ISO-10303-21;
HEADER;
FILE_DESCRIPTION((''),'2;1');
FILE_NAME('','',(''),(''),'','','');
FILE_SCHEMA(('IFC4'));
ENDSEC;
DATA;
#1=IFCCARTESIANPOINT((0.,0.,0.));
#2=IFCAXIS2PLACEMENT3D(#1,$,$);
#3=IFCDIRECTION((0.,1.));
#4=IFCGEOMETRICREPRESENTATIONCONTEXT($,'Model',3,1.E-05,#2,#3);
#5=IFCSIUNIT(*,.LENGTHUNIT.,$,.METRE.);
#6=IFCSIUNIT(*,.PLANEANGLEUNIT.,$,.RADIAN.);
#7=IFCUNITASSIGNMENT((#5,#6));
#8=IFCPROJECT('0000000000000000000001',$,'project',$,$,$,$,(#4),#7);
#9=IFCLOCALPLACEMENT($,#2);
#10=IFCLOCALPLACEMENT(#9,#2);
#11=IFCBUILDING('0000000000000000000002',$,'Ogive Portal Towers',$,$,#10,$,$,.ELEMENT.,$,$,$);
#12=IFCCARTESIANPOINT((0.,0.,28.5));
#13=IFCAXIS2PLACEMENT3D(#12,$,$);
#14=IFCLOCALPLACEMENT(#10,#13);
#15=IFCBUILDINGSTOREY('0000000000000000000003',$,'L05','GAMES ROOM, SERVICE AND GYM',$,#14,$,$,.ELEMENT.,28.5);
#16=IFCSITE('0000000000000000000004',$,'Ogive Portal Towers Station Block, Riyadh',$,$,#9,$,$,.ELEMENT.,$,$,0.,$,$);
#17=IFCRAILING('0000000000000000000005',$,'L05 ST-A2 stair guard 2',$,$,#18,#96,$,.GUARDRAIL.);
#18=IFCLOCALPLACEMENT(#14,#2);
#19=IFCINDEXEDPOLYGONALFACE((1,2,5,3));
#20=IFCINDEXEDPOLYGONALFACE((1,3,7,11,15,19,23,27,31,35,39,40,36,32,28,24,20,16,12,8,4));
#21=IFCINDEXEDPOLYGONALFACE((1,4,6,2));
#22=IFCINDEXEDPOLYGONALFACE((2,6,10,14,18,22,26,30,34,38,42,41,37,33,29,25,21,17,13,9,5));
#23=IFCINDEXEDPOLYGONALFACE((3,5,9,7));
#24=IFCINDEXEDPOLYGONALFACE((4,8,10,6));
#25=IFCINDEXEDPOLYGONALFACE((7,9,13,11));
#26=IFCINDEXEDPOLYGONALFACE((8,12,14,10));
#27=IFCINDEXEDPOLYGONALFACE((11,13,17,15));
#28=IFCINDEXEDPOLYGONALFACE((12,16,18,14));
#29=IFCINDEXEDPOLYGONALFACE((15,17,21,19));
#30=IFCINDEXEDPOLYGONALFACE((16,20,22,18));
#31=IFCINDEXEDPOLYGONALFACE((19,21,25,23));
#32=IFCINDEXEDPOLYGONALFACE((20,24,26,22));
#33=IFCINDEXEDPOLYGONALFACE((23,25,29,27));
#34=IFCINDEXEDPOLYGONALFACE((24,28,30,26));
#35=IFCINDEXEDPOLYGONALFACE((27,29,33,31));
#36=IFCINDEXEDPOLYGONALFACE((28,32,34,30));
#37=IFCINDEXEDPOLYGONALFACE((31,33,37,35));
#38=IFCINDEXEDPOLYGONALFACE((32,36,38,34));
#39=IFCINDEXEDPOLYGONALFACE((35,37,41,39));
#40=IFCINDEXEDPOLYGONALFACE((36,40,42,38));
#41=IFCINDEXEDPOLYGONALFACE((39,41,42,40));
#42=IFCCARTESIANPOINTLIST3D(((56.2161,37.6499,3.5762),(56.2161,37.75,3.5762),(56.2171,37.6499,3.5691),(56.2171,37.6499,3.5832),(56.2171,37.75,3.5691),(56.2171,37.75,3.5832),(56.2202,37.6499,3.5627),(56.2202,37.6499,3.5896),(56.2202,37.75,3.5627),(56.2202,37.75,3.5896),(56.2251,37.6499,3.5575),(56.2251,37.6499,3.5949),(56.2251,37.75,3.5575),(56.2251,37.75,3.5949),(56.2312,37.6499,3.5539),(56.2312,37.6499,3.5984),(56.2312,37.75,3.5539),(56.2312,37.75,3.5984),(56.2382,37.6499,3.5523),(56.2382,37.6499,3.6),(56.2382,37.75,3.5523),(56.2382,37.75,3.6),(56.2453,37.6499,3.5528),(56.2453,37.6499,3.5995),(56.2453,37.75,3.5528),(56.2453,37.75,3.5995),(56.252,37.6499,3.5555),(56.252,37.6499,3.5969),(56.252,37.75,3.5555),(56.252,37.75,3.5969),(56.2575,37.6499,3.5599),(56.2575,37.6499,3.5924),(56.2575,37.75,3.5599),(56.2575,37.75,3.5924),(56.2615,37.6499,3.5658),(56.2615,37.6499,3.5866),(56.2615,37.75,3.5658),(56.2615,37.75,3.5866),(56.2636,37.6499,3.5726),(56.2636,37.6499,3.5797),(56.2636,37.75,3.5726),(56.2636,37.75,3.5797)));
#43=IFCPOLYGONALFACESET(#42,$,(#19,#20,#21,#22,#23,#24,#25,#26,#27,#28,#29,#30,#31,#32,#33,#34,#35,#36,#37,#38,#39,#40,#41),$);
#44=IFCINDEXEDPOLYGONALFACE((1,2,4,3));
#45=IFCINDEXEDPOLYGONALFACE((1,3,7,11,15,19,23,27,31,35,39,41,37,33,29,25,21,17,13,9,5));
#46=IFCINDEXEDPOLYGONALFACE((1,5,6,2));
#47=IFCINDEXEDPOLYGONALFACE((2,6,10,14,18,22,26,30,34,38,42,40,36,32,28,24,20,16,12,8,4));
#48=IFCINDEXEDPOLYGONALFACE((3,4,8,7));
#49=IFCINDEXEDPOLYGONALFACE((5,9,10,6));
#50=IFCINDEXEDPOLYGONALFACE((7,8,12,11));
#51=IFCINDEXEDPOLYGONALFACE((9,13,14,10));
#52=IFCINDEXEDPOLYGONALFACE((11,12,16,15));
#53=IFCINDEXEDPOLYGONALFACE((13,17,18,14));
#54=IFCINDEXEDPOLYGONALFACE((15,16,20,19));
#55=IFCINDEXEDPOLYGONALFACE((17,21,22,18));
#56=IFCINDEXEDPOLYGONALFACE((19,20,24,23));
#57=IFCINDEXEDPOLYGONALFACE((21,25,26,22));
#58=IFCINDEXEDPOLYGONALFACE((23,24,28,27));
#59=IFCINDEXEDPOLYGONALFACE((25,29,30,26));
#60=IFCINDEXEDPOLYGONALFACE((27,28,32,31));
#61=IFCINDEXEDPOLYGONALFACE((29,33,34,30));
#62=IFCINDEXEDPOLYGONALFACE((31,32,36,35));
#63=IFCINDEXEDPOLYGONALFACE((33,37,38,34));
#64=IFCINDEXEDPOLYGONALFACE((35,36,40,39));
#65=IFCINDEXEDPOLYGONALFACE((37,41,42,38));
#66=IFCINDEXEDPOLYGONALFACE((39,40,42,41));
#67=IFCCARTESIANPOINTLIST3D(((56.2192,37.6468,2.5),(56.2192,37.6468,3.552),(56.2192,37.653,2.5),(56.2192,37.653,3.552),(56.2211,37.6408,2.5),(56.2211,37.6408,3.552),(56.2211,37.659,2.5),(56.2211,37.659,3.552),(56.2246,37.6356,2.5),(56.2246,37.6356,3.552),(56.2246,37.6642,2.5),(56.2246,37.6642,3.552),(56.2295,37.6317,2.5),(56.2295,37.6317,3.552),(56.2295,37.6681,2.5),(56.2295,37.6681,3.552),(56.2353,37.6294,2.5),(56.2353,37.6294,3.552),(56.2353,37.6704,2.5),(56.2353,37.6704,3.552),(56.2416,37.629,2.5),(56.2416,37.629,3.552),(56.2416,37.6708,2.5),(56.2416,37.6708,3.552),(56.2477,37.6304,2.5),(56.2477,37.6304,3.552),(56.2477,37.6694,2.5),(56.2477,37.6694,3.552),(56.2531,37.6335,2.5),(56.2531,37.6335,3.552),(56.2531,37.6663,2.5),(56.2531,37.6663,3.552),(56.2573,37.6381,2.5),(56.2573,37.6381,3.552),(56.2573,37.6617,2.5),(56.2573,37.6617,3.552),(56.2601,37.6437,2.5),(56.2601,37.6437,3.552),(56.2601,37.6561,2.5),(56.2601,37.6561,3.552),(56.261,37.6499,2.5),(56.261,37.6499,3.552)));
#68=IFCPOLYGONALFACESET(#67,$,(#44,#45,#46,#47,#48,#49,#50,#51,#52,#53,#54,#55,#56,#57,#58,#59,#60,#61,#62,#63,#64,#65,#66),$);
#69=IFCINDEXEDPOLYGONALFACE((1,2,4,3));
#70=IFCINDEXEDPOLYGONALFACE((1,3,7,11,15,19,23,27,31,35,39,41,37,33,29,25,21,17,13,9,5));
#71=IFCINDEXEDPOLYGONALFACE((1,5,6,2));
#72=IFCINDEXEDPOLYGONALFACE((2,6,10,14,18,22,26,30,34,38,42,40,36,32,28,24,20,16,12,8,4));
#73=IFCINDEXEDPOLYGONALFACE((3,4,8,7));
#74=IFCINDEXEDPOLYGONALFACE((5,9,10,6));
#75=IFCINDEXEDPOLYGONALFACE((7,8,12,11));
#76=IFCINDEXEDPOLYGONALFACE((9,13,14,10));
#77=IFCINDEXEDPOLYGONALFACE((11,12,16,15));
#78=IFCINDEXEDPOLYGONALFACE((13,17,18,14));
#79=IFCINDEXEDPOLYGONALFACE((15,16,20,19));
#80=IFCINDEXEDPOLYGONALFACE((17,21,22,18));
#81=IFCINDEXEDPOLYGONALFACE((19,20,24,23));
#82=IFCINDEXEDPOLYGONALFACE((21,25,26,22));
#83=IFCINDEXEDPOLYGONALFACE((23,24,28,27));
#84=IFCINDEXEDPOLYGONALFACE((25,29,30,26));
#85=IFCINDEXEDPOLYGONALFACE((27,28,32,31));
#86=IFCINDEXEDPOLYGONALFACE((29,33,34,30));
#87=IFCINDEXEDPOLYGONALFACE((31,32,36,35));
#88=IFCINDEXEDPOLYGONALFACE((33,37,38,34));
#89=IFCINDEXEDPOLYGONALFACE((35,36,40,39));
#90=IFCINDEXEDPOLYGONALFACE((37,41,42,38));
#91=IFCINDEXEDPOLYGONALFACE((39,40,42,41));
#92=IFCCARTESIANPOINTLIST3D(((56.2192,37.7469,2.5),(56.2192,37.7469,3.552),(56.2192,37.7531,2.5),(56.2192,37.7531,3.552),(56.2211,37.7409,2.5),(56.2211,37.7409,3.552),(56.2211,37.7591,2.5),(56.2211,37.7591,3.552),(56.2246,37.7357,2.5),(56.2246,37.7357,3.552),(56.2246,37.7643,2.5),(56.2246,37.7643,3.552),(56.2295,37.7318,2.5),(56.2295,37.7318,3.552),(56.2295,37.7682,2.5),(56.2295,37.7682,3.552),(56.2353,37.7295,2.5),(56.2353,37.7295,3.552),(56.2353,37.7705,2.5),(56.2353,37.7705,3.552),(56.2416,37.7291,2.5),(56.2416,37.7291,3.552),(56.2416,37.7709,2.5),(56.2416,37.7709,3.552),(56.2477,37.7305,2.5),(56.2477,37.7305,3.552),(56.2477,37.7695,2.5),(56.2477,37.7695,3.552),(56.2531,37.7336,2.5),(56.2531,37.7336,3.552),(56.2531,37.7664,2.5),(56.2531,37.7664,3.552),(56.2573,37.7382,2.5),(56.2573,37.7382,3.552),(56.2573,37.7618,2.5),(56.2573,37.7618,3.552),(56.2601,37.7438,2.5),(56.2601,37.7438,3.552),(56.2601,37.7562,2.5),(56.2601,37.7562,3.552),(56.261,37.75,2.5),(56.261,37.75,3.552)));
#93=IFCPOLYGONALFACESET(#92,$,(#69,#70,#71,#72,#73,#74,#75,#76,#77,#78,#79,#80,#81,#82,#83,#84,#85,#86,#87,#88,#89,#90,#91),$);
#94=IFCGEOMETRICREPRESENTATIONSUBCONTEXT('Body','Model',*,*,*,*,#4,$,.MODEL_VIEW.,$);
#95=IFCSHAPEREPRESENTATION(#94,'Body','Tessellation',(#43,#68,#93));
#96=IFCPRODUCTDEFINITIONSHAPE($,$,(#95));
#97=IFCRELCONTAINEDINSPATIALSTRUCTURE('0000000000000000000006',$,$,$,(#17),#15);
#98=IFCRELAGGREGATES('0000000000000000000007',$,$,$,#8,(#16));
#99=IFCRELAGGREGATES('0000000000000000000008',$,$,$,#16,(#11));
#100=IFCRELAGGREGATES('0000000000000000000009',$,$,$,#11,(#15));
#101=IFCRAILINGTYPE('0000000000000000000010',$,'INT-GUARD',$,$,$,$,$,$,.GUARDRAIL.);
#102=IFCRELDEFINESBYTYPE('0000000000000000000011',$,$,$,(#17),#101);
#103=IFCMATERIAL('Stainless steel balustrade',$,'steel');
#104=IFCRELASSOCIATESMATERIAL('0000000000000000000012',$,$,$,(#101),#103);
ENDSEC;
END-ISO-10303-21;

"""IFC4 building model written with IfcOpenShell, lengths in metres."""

from ifc_helpers import new_model, si_unit, direction, frame, origin, origin_2d, place, context, subcontext, project, spatial, circle, extrude, material, type_object, element, save


model = new_model("IFC4")

# Units and contexts
model_context = context("Model", 3, precision=1e-05, world=origin(), true_north=direction((0.0, 1.0)))
body_context = subcontext(model_context, "Body", "Model", "MODEL_VIEW")
ifc_project = project(units=[si_unit("LENGTHUNIT", "METRE"), si_unit("PLANEANGLEUNIT", "RADIAN")], contexts=[model_context])

# Site, building, storey
site_placement = place(None, origin())
site = spatial("IfcSite", under=ifc_project, at=site_placement, Name="Ogive Portal Towers Station Block, Riyadh", CompositionType="ELEMENT", RefElevation=0.0)
building_placement = place(site_placement, origin())
building = spatial("IfcBuilding", under=site, at=building_placement, Name="Ogive Portal Towers", CompositionType="ELEMENT")
storey_placement = place(building_placement, frame((0.0, 0.0, 28.5)))
storey = spatial("IfcBuildingStorey", under=building, at=storey_placement, Name="L05", Description="GAMES ROOM, SERVICE AND GYM", CompositionType="ELEMENT", Elevation=28.5)

# Railing
ifc_material_1 = material(Name="Stainless steel balustrade", Category="steel")
railing_type_1 = type_object("IfcRailingType", Name="INT-GUARD", PredefinedType="GUARDRAIL", material=ifc_material_1)
railing_1_placement = place(storey_placement, frame((56.24, 37.6499, 2.5)))
element("IfcRailing", 1, at=railing_1_placement, inside=storey, type_object=railing_type_1, Name="L05 ST-A2 stair guard 2", PredefinedType="GUARDRAIL", context=body_context, shape_type="SweptSolid", body=[
    extrude(circle(Radius=0.0239, at=origin_2d()), frame((0.0, 0.0, 1.0762), z_axis=(0.0, 1.0, 0.0), x_axis=(-1.0, 0.0, 0.0)), (0.0, 0.0, 1.0), 0.1001),
    extrude(circle(Radius=0.021, at=origin_2d()), origin(), (0.0, 0.0, 1.0), 1.052),
    extrude(circle(Radius=0.021, at=origin_2d()), frame((0.0, 0.1001, 0.0)), (0.0, 0.0, 1.0), 1.052),
])

save(model, "model.ifc")
